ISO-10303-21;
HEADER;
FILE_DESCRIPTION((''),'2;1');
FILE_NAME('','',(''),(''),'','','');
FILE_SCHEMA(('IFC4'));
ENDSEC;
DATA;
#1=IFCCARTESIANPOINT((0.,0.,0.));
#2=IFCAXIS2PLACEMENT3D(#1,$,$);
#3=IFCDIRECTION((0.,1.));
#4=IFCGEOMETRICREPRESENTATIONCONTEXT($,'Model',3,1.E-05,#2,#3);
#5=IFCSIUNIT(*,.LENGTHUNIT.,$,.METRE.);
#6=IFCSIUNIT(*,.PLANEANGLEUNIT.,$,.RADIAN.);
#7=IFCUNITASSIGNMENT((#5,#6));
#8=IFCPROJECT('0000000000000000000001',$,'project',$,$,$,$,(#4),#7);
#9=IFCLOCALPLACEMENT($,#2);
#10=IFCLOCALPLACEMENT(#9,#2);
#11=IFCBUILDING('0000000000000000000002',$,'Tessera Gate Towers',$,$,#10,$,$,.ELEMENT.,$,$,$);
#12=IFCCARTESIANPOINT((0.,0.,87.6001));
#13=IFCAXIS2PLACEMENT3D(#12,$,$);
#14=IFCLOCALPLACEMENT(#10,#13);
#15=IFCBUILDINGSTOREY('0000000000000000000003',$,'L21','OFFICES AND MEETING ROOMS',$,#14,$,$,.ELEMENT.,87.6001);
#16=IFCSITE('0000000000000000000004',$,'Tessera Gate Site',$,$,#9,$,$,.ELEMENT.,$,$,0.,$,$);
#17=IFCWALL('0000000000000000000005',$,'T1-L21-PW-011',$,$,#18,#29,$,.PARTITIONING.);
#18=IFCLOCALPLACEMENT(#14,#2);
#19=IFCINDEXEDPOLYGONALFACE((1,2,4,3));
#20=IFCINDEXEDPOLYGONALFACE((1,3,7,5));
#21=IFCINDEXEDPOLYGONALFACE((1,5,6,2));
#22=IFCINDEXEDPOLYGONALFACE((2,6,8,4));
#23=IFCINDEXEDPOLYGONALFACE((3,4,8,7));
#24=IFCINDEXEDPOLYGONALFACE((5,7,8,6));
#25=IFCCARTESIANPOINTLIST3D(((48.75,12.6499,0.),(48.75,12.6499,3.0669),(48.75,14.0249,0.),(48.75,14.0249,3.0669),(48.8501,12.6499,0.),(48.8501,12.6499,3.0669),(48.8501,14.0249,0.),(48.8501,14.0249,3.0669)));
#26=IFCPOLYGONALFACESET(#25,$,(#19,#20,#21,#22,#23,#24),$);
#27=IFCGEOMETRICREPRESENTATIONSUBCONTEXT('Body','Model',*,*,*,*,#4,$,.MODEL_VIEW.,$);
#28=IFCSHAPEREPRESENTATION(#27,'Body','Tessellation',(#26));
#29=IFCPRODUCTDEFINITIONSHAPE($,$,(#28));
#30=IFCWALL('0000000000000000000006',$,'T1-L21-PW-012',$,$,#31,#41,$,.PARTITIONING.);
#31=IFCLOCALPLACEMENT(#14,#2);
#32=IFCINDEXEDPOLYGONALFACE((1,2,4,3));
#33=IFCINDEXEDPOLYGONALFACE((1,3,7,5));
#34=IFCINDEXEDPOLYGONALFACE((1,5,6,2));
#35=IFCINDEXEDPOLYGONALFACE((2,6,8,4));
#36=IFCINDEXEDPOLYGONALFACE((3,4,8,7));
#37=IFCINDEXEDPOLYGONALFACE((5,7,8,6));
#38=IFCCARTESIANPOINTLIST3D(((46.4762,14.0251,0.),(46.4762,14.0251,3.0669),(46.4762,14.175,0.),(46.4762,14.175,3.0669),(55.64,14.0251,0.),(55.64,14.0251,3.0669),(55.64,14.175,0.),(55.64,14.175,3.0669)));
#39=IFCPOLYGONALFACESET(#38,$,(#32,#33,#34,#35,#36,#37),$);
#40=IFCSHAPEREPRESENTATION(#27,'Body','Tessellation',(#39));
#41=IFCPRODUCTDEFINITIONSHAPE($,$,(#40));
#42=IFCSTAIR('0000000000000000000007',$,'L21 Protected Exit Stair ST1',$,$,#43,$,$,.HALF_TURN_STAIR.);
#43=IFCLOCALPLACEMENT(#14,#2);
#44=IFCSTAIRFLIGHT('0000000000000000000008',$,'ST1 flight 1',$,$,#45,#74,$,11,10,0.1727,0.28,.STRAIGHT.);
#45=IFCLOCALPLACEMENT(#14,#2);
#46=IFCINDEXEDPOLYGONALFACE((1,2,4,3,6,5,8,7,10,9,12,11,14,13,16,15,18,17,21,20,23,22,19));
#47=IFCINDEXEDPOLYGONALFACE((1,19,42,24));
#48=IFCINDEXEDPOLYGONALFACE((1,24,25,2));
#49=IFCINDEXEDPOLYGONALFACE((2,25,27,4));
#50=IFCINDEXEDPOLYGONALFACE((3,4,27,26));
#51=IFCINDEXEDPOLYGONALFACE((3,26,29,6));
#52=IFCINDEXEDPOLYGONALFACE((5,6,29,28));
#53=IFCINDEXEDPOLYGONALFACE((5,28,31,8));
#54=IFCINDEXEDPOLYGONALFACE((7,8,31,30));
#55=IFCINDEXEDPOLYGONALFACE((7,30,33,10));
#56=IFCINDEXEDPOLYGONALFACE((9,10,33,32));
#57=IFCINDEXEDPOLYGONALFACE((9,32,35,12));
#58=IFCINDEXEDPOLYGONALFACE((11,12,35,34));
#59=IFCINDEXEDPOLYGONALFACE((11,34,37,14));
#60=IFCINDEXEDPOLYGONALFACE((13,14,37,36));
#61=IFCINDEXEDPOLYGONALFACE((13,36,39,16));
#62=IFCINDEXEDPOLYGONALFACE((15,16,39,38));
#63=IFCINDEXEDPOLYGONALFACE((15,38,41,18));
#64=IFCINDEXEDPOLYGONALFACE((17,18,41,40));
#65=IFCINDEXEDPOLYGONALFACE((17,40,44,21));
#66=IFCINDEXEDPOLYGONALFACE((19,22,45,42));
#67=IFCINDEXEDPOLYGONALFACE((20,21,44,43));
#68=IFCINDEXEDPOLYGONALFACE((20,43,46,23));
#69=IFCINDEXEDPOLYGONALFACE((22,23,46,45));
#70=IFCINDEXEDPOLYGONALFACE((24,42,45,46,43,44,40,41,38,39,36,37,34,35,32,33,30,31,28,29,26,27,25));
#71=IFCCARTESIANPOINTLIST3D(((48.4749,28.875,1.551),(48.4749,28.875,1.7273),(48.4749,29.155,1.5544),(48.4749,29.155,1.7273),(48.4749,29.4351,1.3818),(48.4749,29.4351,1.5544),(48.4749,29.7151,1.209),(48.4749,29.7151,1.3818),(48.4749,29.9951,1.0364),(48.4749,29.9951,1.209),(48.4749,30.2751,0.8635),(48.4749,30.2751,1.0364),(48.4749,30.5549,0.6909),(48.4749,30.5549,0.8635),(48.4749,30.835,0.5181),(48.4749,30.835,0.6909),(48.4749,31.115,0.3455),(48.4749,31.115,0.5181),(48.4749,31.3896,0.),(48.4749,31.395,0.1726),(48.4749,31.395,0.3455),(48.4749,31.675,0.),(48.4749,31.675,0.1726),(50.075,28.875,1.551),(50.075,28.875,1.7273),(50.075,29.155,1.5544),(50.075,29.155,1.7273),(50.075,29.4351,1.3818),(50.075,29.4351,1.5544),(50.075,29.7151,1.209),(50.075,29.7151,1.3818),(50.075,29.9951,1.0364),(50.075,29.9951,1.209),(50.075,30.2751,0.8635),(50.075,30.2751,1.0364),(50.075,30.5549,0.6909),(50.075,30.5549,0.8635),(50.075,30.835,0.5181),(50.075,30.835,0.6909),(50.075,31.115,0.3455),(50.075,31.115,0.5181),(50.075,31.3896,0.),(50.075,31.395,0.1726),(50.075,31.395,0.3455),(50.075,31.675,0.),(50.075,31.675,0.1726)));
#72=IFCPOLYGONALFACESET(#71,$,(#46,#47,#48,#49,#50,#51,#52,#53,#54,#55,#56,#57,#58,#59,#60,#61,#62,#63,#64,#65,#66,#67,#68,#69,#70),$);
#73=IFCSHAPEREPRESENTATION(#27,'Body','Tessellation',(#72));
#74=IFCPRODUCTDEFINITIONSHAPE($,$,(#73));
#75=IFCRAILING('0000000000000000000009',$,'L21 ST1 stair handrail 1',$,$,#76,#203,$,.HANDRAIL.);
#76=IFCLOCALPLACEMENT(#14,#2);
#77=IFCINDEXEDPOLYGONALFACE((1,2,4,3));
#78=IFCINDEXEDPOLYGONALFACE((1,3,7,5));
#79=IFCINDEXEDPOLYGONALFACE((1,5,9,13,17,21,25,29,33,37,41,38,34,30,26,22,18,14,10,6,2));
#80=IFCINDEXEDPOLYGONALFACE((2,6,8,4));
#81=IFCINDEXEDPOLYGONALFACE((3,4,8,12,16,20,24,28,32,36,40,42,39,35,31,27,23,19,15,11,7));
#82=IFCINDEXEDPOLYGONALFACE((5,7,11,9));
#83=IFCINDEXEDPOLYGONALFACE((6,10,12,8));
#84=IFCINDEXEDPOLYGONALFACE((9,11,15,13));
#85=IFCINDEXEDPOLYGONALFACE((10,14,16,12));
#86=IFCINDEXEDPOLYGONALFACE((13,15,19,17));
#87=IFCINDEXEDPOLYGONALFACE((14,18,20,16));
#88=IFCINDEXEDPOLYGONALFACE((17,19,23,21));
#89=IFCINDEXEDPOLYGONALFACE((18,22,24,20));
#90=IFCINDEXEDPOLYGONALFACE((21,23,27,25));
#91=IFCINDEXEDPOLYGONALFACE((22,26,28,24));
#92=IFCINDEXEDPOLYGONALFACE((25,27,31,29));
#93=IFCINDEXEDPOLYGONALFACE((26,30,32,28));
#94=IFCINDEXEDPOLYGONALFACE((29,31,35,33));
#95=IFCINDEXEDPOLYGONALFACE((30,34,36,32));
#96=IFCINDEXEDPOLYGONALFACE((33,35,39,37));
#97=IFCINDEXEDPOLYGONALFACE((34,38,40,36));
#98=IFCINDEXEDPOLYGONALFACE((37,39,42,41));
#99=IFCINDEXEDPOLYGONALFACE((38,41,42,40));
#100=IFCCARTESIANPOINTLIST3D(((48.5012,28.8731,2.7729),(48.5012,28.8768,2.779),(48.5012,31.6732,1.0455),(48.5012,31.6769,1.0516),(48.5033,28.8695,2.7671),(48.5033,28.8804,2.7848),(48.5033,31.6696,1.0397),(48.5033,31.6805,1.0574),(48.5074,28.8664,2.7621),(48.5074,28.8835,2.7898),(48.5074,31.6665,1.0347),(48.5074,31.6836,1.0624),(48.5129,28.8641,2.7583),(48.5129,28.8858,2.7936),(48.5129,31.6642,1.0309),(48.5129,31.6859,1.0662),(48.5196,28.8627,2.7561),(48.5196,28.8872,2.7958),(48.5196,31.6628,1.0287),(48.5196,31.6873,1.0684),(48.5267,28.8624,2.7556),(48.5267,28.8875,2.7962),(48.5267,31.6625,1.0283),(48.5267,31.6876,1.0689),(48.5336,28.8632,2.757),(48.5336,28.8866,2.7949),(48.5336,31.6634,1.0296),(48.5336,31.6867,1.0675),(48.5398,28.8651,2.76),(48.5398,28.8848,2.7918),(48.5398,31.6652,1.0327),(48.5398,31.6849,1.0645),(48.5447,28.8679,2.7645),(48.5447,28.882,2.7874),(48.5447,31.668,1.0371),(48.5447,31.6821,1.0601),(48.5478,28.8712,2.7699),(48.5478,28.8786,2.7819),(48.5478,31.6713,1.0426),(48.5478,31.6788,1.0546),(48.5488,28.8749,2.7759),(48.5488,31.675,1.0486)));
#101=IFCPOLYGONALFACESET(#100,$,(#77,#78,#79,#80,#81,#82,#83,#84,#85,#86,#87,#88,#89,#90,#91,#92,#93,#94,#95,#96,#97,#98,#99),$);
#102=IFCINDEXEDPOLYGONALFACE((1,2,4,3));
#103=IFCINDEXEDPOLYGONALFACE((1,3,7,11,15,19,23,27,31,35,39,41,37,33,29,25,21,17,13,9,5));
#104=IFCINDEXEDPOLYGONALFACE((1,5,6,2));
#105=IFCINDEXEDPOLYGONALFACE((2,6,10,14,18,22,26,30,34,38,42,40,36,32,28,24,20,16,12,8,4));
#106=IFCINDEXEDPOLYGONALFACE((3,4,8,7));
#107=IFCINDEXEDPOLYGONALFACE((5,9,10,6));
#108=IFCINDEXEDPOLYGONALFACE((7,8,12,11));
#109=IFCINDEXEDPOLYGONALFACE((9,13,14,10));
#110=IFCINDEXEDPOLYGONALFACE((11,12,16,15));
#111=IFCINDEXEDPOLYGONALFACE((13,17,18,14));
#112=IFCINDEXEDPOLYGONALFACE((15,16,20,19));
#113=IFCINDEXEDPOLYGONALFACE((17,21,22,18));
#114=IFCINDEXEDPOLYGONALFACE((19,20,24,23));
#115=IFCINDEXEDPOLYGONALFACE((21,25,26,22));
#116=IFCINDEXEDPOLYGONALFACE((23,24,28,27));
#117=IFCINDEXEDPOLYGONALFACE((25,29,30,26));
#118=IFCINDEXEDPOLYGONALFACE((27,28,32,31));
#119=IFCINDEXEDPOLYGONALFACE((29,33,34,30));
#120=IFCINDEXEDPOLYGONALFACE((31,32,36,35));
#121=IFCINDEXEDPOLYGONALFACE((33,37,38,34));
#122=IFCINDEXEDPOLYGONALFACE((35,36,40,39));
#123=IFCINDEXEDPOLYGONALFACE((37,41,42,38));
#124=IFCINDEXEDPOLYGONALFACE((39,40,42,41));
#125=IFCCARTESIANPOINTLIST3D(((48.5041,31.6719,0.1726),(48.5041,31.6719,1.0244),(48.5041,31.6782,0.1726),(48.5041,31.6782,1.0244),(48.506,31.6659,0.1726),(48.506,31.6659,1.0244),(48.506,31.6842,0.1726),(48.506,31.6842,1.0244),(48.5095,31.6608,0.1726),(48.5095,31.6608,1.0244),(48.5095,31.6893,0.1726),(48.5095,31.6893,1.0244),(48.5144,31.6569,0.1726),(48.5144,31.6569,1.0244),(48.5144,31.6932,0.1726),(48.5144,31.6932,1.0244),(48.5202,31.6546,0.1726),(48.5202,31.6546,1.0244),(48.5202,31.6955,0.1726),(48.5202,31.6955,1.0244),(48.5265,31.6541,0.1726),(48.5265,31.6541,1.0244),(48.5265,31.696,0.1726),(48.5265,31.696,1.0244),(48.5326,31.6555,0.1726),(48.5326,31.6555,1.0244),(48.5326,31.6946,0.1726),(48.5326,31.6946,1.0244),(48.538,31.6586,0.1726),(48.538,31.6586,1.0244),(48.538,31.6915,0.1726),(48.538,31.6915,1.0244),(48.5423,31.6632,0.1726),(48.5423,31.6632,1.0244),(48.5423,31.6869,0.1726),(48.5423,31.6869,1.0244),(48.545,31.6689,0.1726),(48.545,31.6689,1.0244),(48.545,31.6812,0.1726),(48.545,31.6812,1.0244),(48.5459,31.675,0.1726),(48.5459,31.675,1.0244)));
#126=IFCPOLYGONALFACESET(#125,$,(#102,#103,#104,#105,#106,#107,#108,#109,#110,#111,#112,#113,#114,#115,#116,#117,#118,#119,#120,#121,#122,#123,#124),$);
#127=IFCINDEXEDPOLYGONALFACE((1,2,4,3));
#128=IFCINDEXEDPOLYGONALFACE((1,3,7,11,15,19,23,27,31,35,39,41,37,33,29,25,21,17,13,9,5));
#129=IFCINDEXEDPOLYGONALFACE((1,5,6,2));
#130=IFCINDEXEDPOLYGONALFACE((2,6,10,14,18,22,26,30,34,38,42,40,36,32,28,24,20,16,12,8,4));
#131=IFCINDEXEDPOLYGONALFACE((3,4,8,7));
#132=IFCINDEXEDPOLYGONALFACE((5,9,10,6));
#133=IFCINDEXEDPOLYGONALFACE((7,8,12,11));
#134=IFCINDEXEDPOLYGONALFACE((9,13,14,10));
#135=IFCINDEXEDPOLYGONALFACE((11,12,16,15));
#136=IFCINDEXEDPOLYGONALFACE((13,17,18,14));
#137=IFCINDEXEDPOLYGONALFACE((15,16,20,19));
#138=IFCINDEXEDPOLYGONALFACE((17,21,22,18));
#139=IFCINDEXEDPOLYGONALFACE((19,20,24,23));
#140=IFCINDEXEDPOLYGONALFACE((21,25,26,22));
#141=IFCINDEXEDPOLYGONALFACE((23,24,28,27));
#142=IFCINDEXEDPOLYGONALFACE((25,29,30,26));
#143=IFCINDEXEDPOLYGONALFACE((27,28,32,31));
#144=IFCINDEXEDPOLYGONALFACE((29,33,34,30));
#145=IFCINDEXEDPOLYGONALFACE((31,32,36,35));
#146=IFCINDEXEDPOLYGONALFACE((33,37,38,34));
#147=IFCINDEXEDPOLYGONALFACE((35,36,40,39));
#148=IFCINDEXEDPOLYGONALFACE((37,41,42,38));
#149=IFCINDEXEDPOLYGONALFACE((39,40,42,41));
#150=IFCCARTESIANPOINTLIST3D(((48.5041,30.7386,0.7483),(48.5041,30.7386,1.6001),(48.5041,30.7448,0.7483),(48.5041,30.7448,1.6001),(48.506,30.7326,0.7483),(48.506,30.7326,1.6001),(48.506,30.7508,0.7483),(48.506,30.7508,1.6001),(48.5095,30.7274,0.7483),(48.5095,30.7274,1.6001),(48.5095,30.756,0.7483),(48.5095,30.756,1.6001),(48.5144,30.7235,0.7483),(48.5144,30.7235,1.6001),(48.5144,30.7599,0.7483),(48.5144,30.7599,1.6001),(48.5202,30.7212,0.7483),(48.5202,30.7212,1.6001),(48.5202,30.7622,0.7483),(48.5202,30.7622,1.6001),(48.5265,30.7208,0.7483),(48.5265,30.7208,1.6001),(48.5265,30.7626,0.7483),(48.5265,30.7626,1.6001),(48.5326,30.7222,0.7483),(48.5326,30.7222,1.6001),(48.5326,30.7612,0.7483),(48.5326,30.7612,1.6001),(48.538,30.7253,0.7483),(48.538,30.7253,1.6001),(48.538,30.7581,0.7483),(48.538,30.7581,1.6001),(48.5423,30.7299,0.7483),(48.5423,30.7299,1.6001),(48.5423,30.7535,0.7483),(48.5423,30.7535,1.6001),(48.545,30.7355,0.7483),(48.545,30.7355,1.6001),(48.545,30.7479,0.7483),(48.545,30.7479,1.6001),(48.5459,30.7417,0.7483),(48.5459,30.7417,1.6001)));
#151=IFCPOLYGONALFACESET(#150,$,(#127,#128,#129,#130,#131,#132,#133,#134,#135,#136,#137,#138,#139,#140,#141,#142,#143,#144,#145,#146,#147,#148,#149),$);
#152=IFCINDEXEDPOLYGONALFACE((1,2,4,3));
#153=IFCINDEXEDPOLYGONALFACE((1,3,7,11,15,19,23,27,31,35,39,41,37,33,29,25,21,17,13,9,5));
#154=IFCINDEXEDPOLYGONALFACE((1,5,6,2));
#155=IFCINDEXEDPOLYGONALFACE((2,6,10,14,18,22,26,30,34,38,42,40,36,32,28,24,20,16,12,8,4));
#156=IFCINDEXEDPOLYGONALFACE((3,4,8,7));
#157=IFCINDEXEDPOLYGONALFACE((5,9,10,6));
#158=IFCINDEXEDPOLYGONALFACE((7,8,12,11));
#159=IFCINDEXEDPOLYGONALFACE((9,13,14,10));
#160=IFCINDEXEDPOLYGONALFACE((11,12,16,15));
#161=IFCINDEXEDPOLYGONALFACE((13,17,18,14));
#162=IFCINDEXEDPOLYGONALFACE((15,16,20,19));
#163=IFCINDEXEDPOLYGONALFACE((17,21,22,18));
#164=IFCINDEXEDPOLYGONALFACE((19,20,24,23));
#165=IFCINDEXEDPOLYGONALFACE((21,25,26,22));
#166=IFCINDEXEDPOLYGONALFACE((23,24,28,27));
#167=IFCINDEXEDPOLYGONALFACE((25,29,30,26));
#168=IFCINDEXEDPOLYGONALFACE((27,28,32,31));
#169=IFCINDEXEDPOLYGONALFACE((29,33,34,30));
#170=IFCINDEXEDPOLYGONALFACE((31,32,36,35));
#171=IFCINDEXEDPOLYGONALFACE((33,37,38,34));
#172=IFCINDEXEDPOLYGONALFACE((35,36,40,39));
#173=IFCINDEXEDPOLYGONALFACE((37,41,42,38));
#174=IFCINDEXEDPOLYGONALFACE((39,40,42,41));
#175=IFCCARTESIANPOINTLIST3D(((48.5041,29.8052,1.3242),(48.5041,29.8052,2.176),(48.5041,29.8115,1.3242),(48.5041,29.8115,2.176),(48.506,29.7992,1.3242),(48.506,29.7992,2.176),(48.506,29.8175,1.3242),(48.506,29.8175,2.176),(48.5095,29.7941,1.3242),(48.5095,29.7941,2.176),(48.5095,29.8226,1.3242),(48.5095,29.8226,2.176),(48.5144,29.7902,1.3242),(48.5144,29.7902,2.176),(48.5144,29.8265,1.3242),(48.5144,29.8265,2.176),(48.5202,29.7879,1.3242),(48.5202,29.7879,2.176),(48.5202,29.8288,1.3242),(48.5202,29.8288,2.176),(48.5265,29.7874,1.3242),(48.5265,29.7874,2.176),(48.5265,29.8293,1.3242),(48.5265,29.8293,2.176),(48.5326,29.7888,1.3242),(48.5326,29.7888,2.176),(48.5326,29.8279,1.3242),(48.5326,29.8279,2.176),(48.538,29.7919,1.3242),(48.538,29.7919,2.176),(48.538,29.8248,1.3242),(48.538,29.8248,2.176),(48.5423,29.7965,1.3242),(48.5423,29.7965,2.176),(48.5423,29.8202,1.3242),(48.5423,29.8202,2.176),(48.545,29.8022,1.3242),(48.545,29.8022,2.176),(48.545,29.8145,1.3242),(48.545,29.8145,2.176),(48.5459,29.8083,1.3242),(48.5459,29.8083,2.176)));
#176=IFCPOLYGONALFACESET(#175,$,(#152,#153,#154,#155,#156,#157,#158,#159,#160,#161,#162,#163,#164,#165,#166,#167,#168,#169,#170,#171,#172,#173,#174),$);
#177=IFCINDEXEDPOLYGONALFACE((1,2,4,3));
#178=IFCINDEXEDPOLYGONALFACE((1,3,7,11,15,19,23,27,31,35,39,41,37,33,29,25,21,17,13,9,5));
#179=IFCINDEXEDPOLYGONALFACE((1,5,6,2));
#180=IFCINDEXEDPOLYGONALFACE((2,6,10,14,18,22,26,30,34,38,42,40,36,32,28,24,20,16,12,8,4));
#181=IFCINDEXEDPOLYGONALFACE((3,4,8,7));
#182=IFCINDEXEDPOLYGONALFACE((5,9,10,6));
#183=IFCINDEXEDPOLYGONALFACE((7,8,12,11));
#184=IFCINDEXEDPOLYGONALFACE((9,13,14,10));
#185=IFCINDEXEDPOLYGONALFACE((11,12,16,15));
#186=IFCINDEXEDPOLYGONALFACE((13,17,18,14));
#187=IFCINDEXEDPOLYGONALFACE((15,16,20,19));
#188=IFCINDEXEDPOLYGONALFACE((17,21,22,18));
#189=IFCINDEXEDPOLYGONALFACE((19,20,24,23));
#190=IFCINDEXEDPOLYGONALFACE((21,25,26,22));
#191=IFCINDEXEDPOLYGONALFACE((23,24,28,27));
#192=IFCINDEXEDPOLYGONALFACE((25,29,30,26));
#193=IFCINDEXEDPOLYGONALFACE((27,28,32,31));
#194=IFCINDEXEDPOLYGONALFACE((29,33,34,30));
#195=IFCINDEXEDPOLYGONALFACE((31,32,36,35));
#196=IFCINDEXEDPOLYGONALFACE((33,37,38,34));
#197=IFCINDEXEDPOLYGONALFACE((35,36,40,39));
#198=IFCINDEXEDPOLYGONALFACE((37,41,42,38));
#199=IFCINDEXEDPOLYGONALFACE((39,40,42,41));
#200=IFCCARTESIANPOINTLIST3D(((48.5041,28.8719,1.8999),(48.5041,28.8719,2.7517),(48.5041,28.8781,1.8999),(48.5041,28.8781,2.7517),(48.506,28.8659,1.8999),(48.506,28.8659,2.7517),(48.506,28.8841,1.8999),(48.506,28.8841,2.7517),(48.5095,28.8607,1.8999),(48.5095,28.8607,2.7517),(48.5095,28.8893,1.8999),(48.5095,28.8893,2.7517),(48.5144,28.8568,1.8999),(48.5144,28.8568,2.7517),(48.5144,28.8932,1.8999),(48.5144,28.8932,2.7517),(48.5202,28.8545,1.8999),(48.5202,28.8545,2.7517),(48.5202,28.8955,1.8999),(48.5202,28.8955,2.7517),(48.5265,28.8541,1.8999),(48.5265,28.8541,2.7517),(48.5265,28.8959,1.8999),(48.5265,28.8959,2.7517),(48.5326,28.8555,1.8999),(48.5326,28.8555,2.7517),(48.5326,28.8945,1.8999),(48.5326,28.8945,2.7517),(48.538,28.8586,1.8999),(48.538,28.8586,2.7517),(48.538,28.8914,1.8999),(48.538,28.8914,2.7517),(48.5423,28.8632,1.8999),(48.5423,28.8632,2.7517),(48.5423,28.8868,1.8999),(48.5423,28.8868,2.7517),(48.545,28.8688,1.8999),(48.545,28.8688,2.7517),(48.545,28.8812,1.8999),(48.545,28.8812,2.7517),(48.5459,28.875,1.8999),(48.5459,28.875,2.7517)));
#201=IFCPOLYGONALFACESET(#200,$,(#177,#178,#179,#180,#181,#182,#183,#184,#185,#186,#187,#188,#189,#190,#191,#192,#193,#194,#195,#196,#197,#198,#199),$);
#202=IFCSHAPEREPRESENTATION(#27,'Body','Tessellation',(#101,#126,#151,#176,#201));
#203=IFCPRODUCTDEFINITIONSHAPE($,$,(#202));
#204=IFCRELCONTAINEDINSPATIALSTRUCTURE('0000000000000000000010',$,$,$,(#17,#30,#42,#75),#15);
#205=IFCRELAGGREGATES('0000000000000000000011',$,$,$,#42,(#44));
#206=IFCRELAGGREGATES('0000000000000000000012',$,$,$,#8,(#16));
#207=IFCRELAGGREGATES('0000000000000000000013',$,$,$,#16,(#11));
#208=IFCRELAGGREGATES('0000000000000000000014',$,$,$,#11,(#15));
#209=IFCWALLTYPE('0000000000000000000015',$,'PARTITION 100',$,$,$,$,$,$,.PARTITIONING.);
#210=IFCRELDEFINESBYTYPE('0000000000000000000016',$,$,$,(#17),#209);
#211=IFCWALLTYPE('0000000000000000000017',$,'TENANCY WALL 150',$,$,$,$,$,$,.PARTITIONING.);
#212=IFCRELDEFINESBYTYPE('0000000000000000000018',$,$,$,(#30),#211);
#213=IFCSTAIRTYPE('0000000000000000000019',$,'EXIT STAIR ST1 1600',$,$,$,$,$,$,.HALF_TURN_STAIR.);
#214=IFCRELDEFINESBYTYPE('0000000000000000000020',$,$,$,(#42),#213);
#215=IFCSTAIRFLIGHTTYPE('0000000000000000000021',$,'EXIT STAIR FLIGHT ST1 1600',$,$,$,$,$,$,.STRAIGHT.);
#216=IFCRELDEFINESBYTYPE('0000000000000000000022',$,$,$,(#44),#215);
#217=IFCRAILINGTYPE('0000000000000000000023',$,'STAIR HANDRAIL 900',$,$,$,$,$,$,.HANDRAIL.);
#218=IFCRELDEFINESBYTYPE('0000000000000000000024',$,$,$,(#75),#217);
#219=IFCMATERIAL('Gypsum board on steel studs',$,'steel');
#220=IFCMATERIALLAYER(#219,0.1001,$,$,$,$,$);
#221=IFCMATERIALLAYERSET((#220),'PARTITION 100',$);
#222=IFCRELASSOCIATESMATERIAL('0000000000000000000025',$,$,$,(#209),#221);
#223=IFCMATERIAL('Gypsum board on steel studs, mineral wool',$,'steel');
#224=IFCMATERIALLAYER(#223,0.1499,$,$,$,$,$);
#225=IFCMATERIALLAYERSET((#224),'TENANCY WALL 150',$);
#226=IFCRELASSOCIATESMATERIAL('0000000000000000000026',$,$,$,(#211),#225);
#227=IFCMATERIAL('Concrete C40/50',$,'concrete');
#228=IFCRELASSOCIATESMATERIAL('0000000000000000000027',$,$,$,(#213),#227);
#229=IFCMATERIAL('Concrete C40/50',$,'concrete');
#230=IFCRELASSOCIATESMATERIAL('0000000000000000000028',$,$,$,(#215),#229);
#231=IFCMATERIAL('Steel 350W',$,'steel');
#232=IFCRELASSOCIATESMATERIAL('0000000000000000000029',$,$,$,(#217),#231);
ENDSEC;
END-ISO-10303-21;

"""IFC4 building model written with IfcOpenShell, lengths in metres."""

from ifc_helpers import new_model, si_unit, direction, frame, frame_2d, origin, origin_2d, place, context, subcontext, project, spatial, polyline, rectangle, circle, outline, extrude, material, layer, layer_set, type_object, element, aggregate, save


model = new_model("IFC4")

# Units and contexts
model_context = context("Model", 3, precision=1e-05, world=origin(), true_north=direction((0.0, 1.0)))
body_context = subcontext(model_context, "Body", "Model", "MODEL_VIEW")
ifc_project = project(units=[si_unit("LENGTHUNIT", "METRE"), si_unit("PLANEANGLEUNIT", "RADIAN")], contexts=[model_context])

# Site, building, storey
site_placement = place(None, origin())
site = spatial("IfcSite", under=ifc_project, at=site_placement, Name="Tessera Gate Site", CompositionType="ELEMENT", RefElevation=0.0)
building_placement = place(site_placement, origin())
building = spatial("IfcBuilding", under=site, at=building_placement, Name="Tessera Gate Towers", CompositionType="ELEMENT")
storey_placement = place(building_placement, frame((0.0, 0.0, 87.6001)))
storey = spatial("IfcBuildingStorey", under=building, at=storey_placement, Name="L21", Description="OFFICES AND MEETING ROOMS", CompositionType="ELEMENT", Elevation=87.6001)

# Walls
ifc_material_1 = material(Name="Gypsum board on steel studs", Category="steel")
ifc_layer_1 = layer(ifc_material_1, 0.1001)
ifc_layer_set_1 = layer_set([ifc_layer_1], Name="PARTITION 100")
wall_type_1 = type_object("IfcWallType", Name="PARTITION 100", PredefinedType="PARTITIONING", material=ifc_layer_set_1)
wall_1_placement = place(storey_placement, frame((48.8, 12.6499, 0.0), z_axis=(0.0, 0.0, 1.0), x_axis=(0.0, 1.0, 0.0)))
element("IfcWall", 1, at=wall_1_placement, inside=storey, type_object=wall_type_1, Name="T1-L21-PW-011", PredefinedType="PARTITIONING", context=body_context, shape_type="SweptSolid", body=[
    extrude(rectangle(XDim=1.375, YDim=0.1001, at=frame_2d((0.6875, 0.0))), origin(), (0.0, 0.0, 1.0), 3.0669),
])
ifc_material_2 = material(Name="Gypsum board on steel studs, mineral wool", Category="steel")
ifc_layer_2 = layer(ifc_material_2, 0.1499)
ifc_layer_set_2 = layer_set([ifc_layer_2], Name="TENANCY WALL 150")
wall_type_2 = type_object("IfcWallType", Name="TENANCY WALL 150", PredefinedType="PARTITIONING", material=ifc_layer_set_2)
wall_2_placement = place(storey_placement, frame((46.4761, 14.1001, 0.0), z_axis=(0.0, 0.0, 1.0), x_axis=(1.0, 0.0, 0.0)))
element("IfcWall", 2, at=wall_2_placement, inside=storey, type_object=wall_type_2, Name="T1-L21-PW-012", PredefinedType="PARTITIONING", context=body_context, shape_type="SweptSolid", body=[
    extrude(rectangle(XDim=9.1638, YDim=0.1499, at=frame_2d((4.582, 0.0))), origin(), (0.0, 0.0, 1.0), 3.0669),
])

# Stair, stair flight
ifc_material_3 = material(Name="Concrete C40/50", Category="concrete")
stair_type = type_object("IfcStairType", Name="EXIT STAIR ST1 1600", PredefinedType="HALF_TURN_STAIR", material=ifc_material_3)
stair_placement = place(storey_placement, origin())
stair = element("IfcStair", 3, at=stair_placement, inside=storey, type_object=stair_type, Name="L21 Protected Exit Stair ST1", PredefinedType="HALF_TURN_STAIR")
ifc_material_4 = material(Name="Concrete C40/50", Category="concrete")
stair_flight_type = type_object("IfcStairFlightType", Name="EXIT STAIR FLIGHT ST1 1600", PredefinedType="STRAIGHT", material=ifc_material_4)
stair_flight_placement = place(storey_placement, frame((49.2749, 31.675, 0.0), z_axis=(0.0, 0.0, 1.0), x_axis=(0.0, -1.0, 0.0)))
stair_flight = element("IfcStairFlight", 4, at=stair_flight_placement, type_object=stair_flight_type, Name="ST1 flight 1", NumberOfRisers=11, NumberOfTreads=10, PredefinedType="STRAIGHT", RiserHeight=0.1727, TreadLength=0.28, context=body_context, shape_type="SweptSolid", body=[
    extrude(outline(polyline([(0.0, 0.0), (0.0, 0.1726), (0.28, 0.1726), (0.28, 0.3455), (0.5601, 0.3455), (0.5601, 0.5181), (0.8401, 0.5181), (0.8401, 0.6909), (1.1201, 0.6909), (1.1201, 0.8635), (1.3999, 0.8635), (1.3999, 1.0364), (1.6799, 1.0364), (1.6799, 1.209), (1.96, 1.209), (1.96, 1.3818), (2.24, 1.3818), (2.24, 1.5544), (2.52, 1.5544), (2.52, 1.7273), (2.8, 1.7273), (2.8, 1.8999), (2.8, 1.551), (0.2854, 0.0), (0.0, 0.0)])), frame((0.0, 0.8, 0.0), z_axis=(0.0, -1.0, 0.0), x_axis=(1.0, 0.0, 0.0)), (0.0, 0.0, 1.0), 1.6001),
])
aggregate(stair, [stair_flight])

# Railing
ifc_material_5 = material(Name="Steel 350W", Category="steel")
railing_type = type_object("IfcRailingType", Name="STAIR HANDRAIL 900", PredefinedType="HANDRAIL", material=ifc_material_5)
railing_placement = place(storey_placement, frame((48.5249, 31.675, 0.1726)))
element("IfcRailing", 5, at=railing_placement, inside=storey, type_object=railing_type, Name="L21 ST1 stair handrail 1", PredefinedType="HANDRAIL", context=body_context, shape_type="SweptSolid", body=[
    extrude(circle(Radius=0.0239, at=origin_2d()), frame((0.0, 0.0, 0.876), z_axis=(0.0, -0.85109, 0.52502), x_axis=(1.0, 0.0, 0.0)), (0.0, 0.0, 1.0), 3.29),
    extrude(circle(Radius=0.021, at=origin_2d()), origin(), (0.0, 0.0, 1.0), 0.8518),
    extrude(circle(Radius=0.021, at=origin_2d()), frame((0.0, -0.9333, 0.5757)), (0.0, 0.0, 1.0), 0.8518),
    extrude(circle(Radius=0.021, at=origin_2d()), frame((0.0, -1.8667, 1.1516)), (0.0, 0.0, 1.0), 0.8518),
    extrude(circle(Radius=0.021, at=origin_2d()), frame((0.0, -2.8, 1.7273)), (0.0, 0.0, 1.0), 0.8518),
])

save(model, "model.ifc")
